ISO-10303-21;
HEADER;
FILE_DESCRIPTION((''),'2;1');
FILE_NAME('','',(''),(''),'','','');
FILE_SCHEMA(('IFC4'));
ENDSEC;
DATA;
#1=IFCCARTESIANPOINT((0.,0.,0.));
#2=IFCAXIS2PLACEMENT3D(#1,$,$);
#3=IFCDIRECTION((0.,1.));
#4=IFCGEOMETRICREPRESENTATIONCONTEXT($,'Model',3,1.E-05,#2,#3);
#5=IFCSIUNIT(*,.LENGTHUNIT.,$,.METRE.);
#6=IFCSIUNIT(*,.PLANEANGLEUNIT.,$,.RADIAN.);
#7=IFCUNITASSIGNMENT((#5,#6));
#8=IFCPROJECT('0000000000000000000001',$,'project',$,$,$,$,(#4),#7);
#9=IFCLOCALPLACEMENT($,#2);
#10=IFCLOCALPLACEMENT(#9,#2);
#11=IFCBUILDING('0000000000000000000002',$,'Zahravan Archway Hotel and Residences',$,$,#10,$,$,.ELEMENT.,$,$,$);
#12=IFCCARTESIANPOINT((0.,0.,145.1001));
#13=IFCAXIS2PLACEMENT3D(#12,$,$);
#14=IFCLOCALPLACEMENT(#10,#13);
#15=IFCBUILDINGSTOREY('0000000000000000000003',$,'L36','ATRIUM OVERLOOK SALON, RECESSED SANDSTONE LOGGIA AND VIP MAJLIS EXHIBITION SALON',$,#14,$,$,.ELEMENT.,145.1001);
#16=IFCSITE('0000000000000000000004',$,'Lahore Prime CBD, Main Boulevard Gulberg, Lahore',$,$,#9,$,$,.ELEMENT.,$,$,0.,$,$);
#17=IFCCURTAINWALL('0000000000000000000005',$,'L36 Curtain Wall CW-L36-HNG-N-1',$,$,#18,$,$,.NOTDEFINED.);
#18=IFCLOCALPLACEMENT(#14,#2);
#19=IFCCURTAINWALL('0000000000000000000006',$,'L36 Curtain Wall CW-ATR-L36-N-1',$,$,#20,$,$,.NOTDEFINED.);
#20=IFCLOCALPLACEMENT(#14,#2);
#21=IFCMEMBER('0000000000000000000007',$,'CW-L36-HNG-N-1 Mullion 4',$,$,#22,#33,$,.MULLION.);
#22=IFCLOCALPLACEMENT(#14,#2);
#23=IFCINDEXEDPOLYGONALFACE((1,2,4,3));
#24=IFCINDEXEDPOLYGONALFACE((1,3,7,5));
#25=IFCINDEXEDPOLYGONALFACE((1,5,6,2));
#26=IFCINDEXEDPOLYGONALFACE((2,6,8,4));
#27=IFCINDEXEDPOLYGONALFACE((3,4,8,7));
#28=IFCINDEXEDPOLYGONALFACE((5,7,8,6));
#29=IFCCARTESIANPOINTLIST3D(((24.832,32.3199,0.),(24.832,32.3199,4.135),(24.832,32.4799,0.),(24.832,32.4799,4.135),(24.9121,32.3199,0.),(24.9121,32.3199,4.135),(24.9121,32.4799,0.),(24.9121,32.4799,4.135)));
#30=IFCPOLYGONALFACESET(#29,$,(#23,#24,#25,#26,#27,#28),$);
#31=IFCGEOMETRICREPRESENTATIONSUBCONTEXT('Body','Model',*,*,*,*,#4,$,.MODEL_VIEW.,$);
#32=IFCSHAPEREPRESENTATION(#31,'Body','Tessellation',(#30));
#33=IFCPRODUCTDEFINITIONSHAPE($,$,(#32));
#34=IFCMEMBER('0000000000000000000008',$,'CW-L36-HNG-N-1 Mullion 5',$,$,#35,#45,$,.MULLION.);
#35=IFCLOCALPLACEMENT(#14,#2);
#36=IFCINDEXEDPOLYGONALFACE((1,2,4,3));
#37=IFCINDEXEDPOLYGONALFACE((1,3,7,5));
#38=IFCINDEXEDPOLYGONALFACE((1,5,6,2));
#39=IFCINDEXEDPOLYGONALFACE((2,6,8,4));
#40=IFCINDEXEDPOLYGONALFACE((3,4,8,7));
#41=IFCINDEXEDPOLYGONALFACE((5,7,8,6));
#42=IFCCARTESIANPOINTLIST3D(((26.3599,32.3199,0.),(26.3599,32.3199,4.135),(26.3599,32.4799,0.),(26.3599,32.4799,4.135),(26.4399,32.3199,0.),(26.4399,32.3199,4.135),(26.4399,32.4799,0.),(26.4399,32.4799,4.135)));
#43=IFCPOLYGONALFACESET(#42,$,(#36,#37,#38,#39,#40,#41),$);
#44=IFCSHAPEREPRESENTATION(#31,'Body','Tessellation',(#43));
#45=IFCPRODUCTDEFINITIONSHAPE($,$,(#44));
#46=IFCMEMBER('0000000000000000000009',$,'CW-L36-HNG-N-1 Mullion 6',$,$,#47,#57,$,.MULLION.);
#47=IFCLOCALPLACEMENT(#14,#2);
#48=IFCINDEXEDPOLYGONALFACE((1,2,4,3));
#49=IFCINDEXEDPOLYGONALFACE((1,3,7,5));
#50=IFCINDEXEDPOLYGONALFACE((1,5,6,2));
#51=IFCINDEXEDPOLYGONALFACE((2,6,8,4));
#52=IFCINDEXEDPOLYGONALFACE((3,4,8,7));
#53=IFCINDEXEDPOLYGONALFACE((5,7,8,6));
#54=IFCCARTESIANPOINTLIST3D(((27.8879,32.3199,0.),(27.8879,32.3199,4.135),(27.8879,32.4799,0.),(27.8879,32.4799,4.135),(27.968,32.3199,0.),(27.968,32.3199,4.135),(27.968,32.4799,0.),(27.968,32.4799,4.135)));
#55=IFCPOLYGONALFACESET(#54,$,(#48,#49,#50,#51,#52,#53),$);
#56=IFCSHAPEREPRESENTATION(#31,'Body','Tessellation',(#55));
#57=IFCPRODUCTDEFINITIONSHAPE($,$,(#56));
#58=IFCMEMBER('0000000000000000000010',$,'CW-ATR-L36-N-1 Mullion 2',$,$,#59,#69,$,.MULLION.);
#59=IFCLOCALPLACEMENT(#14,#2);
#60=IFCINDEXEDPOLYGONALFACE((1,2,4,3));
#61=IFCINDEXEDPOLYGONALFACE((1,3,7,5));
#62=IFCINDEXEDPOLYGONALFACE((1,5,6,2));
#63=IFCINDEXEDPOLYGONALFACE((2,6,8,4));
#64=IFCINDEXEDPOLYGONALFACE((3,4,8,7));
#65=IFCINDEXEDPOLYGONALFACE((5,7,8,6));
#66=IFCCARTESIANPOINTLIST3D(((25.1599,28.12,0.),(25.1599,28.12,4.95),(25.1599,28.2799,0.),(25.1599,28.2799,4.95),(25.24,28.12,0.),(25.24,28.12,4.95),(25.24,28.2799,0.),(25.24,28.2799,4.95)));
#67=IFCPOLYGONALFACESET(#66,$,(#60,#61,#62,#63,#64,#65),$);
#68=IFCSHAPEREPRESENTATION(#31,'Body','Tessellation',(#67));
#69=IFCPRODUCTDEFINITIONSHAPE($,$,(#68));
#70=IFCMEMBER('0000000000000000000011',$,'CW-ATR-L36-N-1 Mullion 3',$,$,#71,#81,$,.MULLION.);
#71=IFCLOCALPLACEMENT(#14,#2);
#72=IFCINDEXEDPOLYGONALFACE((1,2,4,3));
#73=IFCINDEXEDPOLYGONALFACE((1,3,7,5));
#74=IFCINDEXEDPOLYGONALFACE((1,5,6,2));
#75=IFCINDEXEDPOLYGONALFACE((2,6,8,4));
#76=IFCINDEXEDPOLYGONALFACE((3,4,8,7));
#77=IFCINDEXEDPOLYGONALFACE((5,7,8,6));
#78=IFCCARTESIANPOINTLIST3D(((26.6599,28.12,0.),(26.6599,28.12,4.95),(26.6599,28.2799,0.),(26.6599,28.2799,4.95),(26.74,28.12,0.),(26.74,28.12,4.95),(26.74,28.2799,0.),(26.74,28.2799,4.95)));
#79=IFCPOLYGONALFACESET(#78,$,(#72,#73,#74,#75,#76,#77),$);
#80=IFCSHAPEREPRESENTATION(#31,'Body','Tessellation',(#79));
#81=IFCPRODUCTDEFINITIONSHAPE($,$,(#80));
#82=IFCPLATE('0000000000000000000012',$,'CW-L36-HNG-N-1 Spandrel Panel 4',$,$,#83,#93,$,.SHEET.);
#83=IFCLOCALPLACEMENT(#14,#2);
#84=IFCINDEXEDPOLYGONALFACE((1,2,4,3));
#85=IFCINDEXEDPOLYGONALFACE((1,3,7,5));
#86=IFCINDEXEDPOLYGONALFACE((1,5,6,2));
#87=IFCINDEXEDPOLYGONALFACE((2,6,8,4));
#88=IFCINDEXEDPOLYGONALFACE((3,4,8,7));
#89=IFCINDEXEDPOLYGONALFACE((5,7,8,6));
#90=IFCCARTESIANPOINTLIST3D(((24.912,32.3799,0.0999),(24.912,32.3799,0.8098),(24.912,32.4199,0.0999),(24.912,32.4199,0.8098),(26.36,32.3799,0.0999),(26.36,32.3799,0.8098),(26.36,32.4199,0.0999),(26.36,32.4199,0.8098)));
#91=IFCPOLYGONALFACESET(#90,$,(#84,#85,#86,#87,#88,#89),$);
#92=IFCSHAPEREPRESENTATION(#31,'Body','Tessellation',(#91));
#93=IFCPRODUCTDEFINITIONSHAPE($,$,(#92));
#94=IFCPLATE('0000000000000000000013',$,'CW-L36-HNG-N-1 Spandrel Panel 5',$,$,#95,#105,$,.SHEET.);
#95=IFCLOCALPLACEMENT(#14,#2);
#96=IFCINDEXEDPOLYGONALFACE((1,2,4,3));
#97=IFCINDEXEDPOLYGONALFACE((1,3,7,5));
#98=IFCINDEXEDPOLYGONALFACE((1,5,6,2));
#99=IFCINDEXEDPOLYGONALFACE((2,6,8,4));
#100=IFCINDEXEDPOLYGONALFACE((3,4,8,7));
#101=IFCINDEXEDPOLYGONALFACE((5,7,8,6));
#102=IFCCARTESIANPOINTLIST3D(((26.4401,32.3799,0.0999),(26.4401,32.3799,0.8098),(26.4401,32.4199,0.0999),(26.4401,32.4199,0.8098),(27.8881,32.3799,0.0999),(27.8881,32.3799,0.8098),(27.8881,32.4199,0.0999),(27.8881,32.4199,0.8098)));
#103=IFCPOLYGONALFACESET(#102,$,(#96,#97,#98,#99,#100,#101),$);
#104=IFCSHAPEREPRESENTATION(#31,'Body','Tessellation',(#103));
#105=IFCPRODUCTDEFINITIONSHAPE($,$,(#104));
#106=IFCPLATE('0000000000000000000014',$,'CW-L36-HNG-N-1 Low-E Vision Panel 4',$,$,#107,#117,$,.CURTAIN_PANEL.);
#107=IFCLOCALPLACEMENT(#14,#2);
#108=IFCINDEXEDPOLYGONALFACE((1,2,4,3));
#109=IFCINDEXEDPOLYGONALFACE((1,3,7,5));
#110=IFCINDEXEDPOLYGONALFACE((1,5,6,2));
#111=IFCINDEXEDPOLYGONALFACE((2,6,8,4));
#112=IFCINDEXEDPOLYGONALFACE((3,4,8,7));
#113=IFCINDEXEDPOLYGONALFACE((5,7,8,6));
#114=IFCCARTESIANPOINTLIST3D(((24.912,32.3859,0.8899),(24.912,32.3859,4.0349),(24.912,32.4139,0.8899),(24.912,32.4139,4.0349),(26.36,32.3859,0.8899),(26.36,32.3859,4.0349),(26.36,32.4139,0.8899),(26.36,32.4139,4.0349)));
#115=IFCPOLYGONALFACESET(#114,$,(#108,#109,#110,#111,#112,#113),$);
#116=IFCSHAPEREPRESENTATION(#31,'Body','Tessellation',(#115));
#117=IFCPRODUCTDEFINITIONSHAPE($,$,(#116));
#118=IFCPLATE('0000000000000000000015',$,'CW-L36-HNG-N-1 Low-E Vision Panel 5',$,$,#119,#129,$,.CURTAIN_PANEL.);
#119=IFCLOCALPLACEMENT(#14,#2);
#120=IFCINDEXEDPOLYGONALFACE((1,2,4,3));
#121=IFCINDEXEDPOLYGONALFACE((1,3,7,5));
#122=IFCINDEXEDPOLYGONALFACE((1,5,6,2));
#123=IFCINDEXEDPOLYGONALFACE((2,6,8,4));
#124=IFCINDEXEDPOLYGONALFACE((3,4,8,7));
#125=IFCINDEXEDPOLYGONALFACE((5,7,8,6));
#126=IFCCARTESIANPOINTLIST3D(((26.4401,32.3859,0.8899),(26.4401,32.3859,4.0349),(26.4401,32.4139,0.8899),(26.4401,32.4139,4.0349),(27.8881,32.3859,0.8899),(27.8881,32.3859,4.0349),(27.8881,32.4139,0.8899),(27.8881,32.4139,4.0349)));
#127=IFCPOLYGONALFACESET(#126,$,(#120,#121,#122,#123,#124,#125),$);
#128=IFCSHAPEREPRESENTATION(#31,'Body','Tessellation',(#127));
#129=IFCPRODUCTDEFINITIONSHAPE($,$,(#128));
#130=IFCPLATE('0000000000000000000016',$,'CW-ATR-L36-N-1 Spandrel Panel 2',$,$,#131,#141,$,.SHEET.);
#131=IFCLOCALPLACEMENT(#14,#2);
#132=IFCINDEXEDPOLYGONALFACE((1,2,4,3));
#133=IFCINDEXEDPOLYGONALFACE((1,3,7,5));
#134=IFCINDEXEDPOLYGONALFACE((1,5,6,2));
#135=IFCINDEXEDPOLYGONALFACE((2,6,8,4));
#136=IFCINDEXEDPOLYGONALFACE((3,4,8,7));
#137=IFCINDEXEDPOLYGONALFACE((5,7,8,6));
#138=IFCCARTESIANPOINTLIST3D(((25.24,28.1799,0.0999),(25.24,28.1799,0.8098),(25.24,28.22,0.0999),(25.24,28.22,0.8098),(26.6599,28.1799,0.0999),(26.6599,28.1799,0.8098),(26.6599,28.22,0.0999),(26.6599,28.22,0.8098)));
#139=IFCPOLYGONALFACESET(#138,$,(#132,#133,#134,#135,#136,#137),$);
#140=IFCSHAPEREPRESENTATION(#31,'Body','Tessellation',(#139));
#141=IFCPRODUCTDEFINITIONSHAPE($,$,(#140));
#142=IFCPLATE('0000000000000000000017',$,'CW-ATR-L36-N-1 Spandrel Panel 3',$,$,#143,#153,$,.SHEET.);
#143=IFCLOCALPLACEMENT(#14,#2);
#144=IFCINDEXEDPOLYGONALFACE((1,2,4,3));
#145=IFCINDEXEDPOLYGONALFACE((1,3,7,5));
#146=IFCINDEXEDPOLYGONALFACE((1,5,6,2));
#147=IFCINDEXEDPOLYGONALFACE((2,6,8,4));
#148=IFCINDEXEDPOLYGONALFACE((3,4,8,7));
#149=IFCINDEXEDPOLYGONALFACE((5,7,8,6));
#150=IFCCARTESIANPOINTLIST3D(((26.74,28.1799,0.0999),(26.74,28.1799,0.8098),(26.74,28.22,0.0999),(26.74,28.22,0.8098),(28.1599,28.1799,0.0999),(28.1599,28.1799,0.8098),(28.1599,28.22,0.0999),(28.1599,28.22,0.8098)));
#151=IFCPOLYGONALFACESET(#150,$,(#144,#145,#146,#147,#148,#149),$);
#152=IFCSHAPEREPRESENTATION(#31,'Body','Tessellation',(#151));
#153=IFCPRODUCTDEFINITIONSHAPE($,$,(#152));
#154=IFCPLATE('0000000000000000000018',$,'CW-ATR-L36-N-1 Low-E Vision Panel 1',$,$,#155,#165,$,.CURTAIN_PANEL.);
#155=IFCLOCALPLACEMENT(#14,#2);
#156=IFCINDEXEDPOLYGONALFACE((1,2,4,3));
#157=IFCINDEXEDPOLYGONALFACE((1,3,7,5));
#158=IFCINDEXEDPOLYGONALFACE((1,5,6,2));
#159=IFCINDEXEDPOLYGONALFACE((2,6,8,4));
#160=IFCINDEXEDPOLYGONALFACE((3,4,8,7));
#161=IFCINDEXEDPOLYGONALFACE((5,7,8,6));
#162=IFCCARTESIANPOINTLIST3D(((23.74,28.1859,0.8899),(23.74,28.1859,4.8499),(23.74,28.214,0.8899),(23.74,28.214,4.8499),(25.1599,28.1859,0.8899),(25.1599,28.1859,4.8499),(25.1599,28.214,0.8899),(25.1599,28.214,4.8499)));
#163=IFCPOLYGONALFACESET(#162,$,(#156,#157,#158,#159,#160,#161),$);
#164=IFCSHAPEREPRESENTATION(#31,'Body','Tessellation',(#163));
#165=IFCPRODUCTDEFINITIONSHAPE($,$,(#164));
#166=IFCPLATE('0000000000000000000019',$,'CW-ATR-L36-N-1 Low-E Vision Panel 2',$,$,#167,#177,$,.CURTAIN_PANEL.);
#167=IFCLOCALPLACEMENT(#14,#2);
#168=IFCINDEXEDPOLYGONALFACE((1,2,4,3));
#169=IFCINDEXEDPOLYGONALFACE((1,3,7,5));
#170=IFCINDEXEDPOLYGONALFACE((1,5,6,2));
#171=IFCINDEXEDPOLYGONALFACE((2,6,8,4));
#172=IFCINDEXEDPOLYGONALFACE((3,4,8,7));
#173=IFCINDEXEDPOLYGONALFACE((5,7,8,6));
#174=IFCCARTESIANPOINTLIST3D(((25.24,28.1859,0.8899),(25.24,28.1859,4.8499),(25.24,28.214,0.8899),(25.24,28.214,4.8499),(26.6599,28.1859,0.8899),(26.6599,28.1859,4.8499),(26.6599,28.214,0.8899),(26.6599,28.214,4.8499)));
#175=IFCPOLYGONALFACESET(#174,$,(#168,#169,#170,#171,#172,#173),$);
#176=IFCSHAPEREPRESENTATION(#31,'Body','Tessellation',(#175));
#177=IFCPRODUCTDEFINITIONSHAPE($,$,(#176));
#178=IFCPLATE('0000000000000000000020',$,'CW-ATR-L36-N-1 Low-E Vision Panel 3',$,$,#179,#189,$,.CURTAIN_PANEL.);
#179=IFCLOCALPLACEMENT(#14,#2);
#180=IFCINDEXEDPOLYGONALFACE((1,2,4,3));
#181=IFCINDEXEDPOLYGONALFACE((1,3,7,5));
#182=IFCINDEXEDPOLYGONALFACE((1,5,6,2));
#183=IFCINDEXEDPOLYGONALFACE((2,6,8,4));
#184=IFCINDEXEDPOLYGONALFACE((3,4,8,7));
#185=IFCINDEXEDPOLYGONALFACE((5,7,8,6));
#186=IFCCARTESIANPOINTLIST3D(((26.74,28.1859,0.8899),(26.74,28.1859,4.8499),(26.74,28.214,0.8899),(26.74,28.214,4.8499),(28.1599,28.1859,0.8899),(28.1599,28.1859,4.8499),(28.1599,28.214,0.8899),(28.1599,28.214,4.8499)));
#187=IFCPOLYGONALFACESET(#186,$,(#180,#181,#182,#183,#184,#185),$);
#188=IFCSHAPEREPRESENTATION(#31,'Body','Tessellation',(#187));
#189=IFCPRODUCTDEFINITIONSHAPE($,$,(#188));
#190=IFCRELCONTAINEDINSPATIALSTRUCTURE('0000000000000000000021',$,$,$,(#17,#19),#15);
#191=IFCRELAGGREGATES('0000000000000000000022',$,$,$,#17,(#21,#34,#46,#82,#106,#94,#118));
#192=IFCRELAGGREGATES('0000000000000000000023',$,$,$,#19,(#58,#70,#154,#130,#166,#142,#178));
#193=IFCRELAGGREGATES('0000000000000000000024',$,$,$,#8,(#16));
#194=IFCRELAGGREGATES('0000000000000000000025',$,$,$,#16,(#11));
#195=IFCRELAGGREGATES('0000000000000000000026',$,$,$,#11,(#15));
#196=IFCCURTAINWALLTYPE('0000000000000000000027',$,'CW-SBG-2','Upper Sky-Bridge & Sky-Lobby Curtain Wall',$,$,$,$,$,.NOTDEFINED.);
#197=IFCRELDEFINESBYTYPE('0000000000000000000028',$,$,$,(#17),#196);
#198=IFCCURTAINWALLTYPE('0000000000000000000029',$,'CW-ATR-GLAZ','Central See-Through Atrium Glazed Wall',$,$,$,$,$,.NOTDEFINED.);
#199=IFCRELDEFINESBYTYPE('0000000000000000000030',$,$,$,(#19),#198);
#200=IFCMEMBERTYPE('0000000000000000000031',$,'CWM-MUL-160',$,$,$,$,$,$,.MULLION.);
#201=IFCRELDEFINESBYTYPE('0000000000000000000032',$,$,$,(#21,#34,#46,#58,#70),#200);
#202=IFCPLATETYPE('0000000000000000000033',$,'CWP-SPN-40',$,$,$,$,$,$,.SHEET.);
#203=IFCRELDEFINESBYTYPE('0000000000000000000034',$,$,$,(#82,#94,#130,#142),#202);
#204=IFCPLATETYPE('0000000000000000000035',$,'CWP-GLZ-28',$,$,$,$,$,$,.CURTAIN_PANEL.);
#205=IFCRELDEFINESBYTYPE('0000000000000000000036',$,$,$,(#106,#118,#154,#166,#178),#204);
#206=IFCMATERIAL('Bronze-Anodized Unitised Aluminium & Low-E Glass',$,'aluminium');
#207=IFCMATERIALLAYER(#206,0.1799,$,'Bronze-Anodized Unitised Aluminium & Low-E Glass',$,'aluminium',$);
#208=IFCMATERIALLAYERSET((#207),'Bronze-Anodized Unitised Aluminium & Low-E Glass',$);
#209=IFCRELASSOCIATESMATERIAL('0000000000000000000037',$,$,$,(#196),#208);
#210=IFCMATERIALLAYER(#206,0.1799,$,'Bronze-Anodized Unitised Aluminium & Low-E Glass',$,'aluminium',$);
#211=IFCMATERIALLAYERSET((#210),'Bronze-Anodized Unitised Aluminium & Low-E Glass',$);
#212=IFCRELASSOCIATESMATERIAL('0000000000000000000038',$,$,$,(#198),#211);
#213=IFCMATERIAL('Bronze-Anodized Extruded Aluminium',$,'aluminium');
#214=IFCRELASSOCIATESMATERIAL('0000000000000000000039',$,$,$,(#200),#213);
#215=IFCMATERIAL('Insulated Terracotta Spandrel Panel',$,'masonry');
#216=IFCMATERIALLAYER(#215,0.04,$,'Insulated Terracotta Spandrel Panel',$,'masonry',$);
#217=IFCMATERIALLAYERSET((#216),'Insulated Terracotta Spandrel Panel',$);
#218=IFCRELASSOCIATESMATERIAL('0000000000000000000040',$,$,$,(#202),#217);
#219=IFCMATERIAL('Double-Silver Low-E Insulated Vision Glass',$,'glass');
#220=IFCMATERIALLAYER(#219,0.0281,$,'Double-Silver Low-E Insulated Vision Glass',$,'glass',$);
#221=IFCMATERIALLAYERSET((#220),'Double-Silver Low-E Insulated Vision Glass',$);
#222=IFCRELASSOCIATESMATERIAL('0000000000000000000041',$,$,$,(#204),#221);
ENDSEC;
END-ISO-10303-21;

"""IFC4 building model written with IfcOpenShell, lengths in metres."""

from ifc_helpers import new_model, si_unit, direction, frame, origin, origin_2d, place, context, subcontext, project, spatial, rectangle, extrude, source, transform, mapped, material, layer, layer_set, material_profile, profile_set, type_object, element, aggregate, save


model = new_model("IFC4")

# Units and contexts
model_context = context("Model", 3, precision=1e-05, world=origin(), true_north=direction((0.0, 1.0)))
body_context = subcontext(model_context, "Body", "Model", "MODEL_VIEW")
ifc_project = project(units=[si_unit("LENGTHUNIT", "METRE"), si_unit("PLANEANGLEUNIT", "RADIAN")], contexts=[model_context])

# Site, building, storey
site_placement = place(None, origin())
site = spatial("IfcSite", under=ifc_project, at=site_placement, Name="Lahore Prime CBD, Main Boulevard Gulberg, Lahore", CompositionType="ELEMENT", RefElevation=0.0)
building_placement = place(site_placement, origin())
building = spatial("IfcBuilding", under=site, at=building_placement, Name="Zahravan Archway Hotel and Residences", CompositionType="ELEMENT")
storey_placement = place(building_placement, frame((0.0, 0.0, 145.1001)))
storey = spatial("IfcBuildingStorey", under=building, at=storey_placement, Name="L36", Description="ATRIUM OVERLOOK SALON, RECESSED SANDSTONE LOGGIA AND VIP MAJLIS EXHIBITION SALON", CompositionType="ELEMENT", Elevation=145.1001)

# Curtain walls
ifc_material_1 = material(Name="Bronze-Anodized Unitised Aluminium & Low-E Glass", Category="aluminium")
ifc_layer_1 = layer(ifc_material_1, 0.1799, Name="Bronze-Anodized Unitised Aluminium & Low-E Glass", Category="aluminium")
ifc_layer_set_1 = layer_set([ifc_layer_1], Name="Bronze-Anodized Unitised Aluminium & Low-E Glass")
curtain_wall_type_1 = type_object("IfcCurtainWallType", Name="CW-SBG-2", Description="Upper Sky-Bridge & Sky-Lobby Curtain Wall", PredefinedType="NOTDEFINED", material=ifc_layer_set_1)
curtain_wall_1_placement = place(storey_placement, origin())
curtain_wall_1 = element("IfcCurtainWall", 1, at=curtain_wall_1_placement, inside=storey, type_object=curtain_wall_type_1, Name="L36 Curtain Wall CW-L36-HNG-N-1", PredefinedType="NOTDEFINED")
ifc_material_2 = material(Name="Bronze-Anodized Extruded Aluminium", Category="aluminium")
ifc_layer_2 = layer(ifc_material_1, 0.1799, Name="Bronze-Anodized Unitised Aluminium & Low-E Glass", Category="aluminium")
ifc_layer_set_2 = layer_set([ifc_layer_2], Name="Bronze-Anodized Unitised Aluminium & Low-E Glass")
curtain_wall_type_2 = type_object("IfcCurtainWallType", Name="CW-ATR-GLAZ", Description="Central See-Through Atrium Glazed Wall", PredefinedType="NOTDEFINED", material=ifc_layer_set_2)
curtain_wall_2_placement = place(storey_placement, origin())
curtain_wall_2 = element("IfcCurtainWall", 2, at=curtain_wall_2_placement, inside=storey, type_object=curtain_wall_type_2, Name="L36 Curtain Wall CW-ATR-L36-N-1", PredefinedType="NOTDEFINED")

# Members
ifc_material_profile_1 = material_profile(ifc_material_2, rectangle(XDim=0.0801, YDim=0.1599, at=origin_2d()), Name="MUL 80x160", Category="aluminium")
ifc_profile_set_1 = profile_set([ifc_material_profile_1], Name="Bronze-Anodized Extruded Aluminium")
member_type_1 = type_object("IfcMemberType", Name="CWM-MUL-160", PredefinedType="MULLION", material=ifc_profile_set_1)
shared_shape_1 = source(origin(), body_context, "Body", "SweptSolid", [
    extrude(rectangle(XDim=0.0801, YDim=0.1599, at=origin_2d()), origin(), (0.0, 0.0, 1.0), 4.135),
])
member_1_placement = place(storey_placement, frame((24.8721, 32.3999, 0.0), z_axis=(0.0, 0.0, 1.0), x_axis=(1.0, 0.0, 0.0)))
member_1 = element("IfcMember", 3, at=member_1_placement, type_object=member_type_1, Name="CW-L36-HNG-N-1 Mullion 4", PredefinedType="MULLION", context=body_context, shape_type="MappedRepresentation", body=[
    mapped(shared_shape_1, transform((0.0, 0.0, 0.0), scale=1.0)),
])
member_2_placement = place(storey_placement, frame((26.3999, 32.3999, 0.0), z_axis=(0.0, 0.0, 1.0), x_axis=(1.0, 0.0, 0.0)))
member_2 = element("IfcMember", 4, at=member_2_placement, type_object=member_type_1, Name="CW-L36-HNG-N-1 Mullion 5", PredefinedType="MULLION", context=body_context, shape_type="MappedRepresentation", body=[
    mapped(shared_shape_1, transform((0.0, 0.0, 0.0), scale=1.0)),
])
member_3_placement = place(storey_placement, frame((27.928, 32.3999, 0.0), z_axis=(0.0, 0.0, 1.0), x_axis=(1.0, 0.0, 0.0)))
member_3 = element("IfcMember", 5, at=member_3_placement, type_object=member_type_1, Name="CW-L36-HNG-N-1 Mullion 6", PredefinedType="MULLION", context=body_context, shape_type="MappedRepresentation", body=[
    mapped(shared_shape_1, transform((0.0, 0.0, 0.0), scale=1.0)),
])
shared_shape_2 = source(origin(), body_context, "Body", "SweptSolid", [
    extrude(rectangle(XDim=0.0801, YDim=0.1599, at=origin_2d()), origin(), (0.0, 0.0, 1.0), 4.95),
])
member_4_placement = place(storey_placement, frame((25.2, 28.2, 0.0), z_axis=(0.0, 0.0, 1.0), x_axis=(1.0, 0.0, 0.0)))
member_4 = element("IfcMember", 6, at=member_4_placement, type_object=member_type_1, Name="CW-ATR-L36-N-1 Mullion 2", PredefinedType="MULLION", context=body_context, shape_type="MappedRepresentation", body=[
    mapped(shared_shape_2, transform((0.0, 0.0, 0.0), scale=1.0)),
])
member_5_placement = place(storey_placement, frame((26.7, 28.2, 0.0), z_axis=(0.0, 0.0, 1.0), x_axis=(1.0, 0.0, 0.0)))
member_5 = element("IfcMember", 7, at=member_5_placement, type_object=member_type_1, Name="CW-ATR-L36-N-1 Mullion 3", PredefinedType="MULLION", context=body_context, shape_type="MappedRepresentation", body=[
    mapped(shared_shape_2, transform((0.0, 0.0, 0.0), scale=1.0)),
])

# Plates
ifc_material_3 = material(Name="Insulated Terracotta Spandrel Panel", Category="masonry")
ifc_layer_3 = layer(ifc_material_3, 0.04, Name="Insulated Terracotta Spandrel Panel", Category="masonry")
ifc_layer_set_3 = layer_set([ifc_layer_3], Name="Insulated Terracotta Spandrel Panel")
plate_type_1 = type_object("IfcPlateType", Name="CWP-SPN-40", PredefinedType="SHEET", material=ifc_layer_set_3)
shared_shape_3 = source(origin(), body_context, "Body", "SweptSolid", [
    extrude(rectangle(XDim=1.448, YDim=0.04, at=origin_2d()), origin(), (0.0, 0.0, 1.0), 0.71),
])
plate_1_placement = place(storey_placement, frame((25.636, 32.3999, 0.0999), z_axis=(0.0, 0.0, 1.0), x_axis=(1.0, 0.0, 0.0)))
plate_1 = element("IfcPlate", 8, at=plate_1_placement, type_object=plate_type_1, Name="CW-L36-HNG-N-1 Spandrel Panel 4", PredefinedType="SHEET", context=body_context, shape_type="MappedRepresentation", body=[
    mapped(shared_shape_3, transform((0.0, 0.0, 0.0), scale=1.0)),
])
plate_2_placement = place(storey_placement, frame((27.1641, 32.3999, 0.0999), z_axis=(0.0, 0.0, 1.0), x_axis=(1.0, 0.0, 0.0)))
plate_2 = element("IfcPlate", 9, at=plate_2_placement, type_object=plate_type_1, Name="CW-L36-HNG-N-1 Spandrel Panel 5", PredefinedType="SHEET", context=body_context, shape_type="MappedRepresentation", body=[
    mapped(shared_shape_3, transform((0.0, 0.0, 0.0), scale=1.0)),
])
ifc_material_4 = material(Name="Double-Silver Low-E Insulated Vision Glass", Category="glass")
ifc_layer_4 = layer(ifc_material_4, 0.0281, Name="Double-Silver Low-E Insulated Vision Glass", Category="glass")
ifc_layer_set_4 = layer_set([ifc_layer_4], Name="Double-Silver Low-E Insulated Vision Glass")
plate_type_2 = type_object("IfcPlateType", Name="CWP-GLZ-28", PredefinedType="CURTAIN_PANEL", material=ifc_layer_set_4)
shared_shape_4 = source(origin(), body_context, "Body", "SweptSolid", [
    extrude(rectangle(XDim=1.448, YDim=0.0281, at=origin_2d()), origin(), (0.0, 0.0, 1.0), 3.145),
])
plate_3_placement = place(storey_placement, frame((25.636, 32.3999, 0.8899), z_axis=(0.0, 0.0, 1.0), x_axis=(1.0, 0.0, 0.0)))
plate_3 = element("IfcPlate", 10, at=plate_3_placement, type_object=plate_type_2, Name="CW-L36-HNG-N-1 Low-E Vision Panel 4", PredefinedType="CURTAIN_PANEL", context=body_context, shape_type="MappedRepresentation", body=[
    mapped(shared_shape_4, transform((0.0, 0.0, 0.0), scale=1.0)),
])
plate_4_placement = place(storey_placement, frame((27.1641, 32.3999, 0.8899), z_axis=(0.0, 0.0, 1.0), x_axis=(1.0, 0.0, 0.0)))
plate_4 = element("IfcPlate", 11, at=plate_4_placement, type_object=plate_type_2, Name="CW-L36-HNG-N-1 Low-E Vision Panel 5", PredefinedType="CURTAIN_PANEL", context=body_context, shape_type="MappedRepresentation", body=[
    mapped(shared_shape_4, transform((0.0, 0.0, 0.0), scale=1.0)),
])
aggregate(curtain_wall_1, [member_1, member_2, member_3, plate_1, plate_3, plate_2, plate_4])
shared_shape_5 = source(origin(), body_context, "Body", "SweptSolid", [
    extrude(rectangle(XDim=1.4199, YDim=0.04, at=origin_2d()), origin(), (0.0, 0.0, 1.0), 0.71),
])
plate_5_placement = place(storey_placement, frame((25.95, 28.2, 0.0999), z_axis=(0.0, 0.0, 1.0), x_axis=(1.0, 0.0, 0.0)))
plate_5 = element("IfcPlate", 12, at=plate_5_placement, type_object=plate_type_1, Name="CW-ATR-L36-N-1 Spandrel Panel 2", PredefinedType="SHEET", context=body_context, shape_type="MappedRepresentation", body=[
    mapped(shared_shape_5, transform((0.0, 0.0, 0.0), scale=1.0)),
])
plate_6_placement = place(storey_placement, frame((27.45, 28.2, 0.0999), z_axis=(0.0, 0.0, 1.0), x_axis=(1.0, 0.0, 0.0)))
plate_6 = element("IfcPlate", 13, at=plate_6_placement, type_object=plate_type_1, Name="CW-ATR-L36-N-1 Spandrel Panel 3", PredefinedType="SHEET", context=body_context, shape_type="MappedRepresentation", body=[
    mapped(shared_shape_5, transform((0.0, 0.0, 0.0), scale=1.0)),
])
shared_shape_6 = source(origin(), body_context, "Body", "SweptSolid", [
    extrude(rectangle(XDim=1.4199, YDim=0.0281, at=origin_2d()), origin(), (0.0, 0.0, 1.0), 3.96),
])
plate_7_placement = place(storey_placement, frame((24.45, 28.2, 0.8899), z_axis=(0.0, 0.0, 1.0), x_axis=(1.0, 0.0, 0.0)))
plate_7 = element("IfcPlate", 14, at=plate_7_placement, type_object=plate_type_2, Name="CW-ATR-L36-N-1 Low-E Vision Panel 1", PredefinedType="CURTAIN_PANEL", context=body_context, shape_type="MappedRepresentation", body=[
    mapped(shared_shape_6, transform((0.0, 0.0, 0.0), scale=1.0)),
])
plate_8_placement = place(storey_placement, frame((25.95, 28.2, 0.8899), z_axis=(0.0, 0.0, 1.0), x_axis=(1.0, 0.0, 0.0)))
plate_8 = element("IfcPlate", 15, at=plate_8_placement, type_object=plate_type_2, Name="CW-ATR-L36-N-1 Low-E Vision Panel 2", PredefinedType="CURTAIN_PANEL", context=body_context, shape_type="MappedRepresentation", body=[
    mapped(shared_shape_6, transform((0.0, 0.0, 0.0), scale=1.0)),
])
plate_9_placement = place(storey_placement, frame((27.45, 28.2, 0.8899), z_axis=(0.0, 0.0, 1.0), x_axis=(1.0, 0.0, 0.0)))
plate_9 = element("IfcPlate", 16, at=plate_9_placement, type_object=plate_type_2, Name="CW-ATR-L36-N-1 Low-E Vision Panel 3", PredefinedType="CURTAIN_PANEL", context=body_context, shape_type="MappedRepresentation", body=[
    mapped(shared_shape_6, transform((0.0, 0.0, 0.0), scale=1.0)),
])
aggregate(curtain_wall_2, [member_4, member_5, plate_7, plate_5, plate_8, plate_6, plate_9])

save(model, "model.ifc")
